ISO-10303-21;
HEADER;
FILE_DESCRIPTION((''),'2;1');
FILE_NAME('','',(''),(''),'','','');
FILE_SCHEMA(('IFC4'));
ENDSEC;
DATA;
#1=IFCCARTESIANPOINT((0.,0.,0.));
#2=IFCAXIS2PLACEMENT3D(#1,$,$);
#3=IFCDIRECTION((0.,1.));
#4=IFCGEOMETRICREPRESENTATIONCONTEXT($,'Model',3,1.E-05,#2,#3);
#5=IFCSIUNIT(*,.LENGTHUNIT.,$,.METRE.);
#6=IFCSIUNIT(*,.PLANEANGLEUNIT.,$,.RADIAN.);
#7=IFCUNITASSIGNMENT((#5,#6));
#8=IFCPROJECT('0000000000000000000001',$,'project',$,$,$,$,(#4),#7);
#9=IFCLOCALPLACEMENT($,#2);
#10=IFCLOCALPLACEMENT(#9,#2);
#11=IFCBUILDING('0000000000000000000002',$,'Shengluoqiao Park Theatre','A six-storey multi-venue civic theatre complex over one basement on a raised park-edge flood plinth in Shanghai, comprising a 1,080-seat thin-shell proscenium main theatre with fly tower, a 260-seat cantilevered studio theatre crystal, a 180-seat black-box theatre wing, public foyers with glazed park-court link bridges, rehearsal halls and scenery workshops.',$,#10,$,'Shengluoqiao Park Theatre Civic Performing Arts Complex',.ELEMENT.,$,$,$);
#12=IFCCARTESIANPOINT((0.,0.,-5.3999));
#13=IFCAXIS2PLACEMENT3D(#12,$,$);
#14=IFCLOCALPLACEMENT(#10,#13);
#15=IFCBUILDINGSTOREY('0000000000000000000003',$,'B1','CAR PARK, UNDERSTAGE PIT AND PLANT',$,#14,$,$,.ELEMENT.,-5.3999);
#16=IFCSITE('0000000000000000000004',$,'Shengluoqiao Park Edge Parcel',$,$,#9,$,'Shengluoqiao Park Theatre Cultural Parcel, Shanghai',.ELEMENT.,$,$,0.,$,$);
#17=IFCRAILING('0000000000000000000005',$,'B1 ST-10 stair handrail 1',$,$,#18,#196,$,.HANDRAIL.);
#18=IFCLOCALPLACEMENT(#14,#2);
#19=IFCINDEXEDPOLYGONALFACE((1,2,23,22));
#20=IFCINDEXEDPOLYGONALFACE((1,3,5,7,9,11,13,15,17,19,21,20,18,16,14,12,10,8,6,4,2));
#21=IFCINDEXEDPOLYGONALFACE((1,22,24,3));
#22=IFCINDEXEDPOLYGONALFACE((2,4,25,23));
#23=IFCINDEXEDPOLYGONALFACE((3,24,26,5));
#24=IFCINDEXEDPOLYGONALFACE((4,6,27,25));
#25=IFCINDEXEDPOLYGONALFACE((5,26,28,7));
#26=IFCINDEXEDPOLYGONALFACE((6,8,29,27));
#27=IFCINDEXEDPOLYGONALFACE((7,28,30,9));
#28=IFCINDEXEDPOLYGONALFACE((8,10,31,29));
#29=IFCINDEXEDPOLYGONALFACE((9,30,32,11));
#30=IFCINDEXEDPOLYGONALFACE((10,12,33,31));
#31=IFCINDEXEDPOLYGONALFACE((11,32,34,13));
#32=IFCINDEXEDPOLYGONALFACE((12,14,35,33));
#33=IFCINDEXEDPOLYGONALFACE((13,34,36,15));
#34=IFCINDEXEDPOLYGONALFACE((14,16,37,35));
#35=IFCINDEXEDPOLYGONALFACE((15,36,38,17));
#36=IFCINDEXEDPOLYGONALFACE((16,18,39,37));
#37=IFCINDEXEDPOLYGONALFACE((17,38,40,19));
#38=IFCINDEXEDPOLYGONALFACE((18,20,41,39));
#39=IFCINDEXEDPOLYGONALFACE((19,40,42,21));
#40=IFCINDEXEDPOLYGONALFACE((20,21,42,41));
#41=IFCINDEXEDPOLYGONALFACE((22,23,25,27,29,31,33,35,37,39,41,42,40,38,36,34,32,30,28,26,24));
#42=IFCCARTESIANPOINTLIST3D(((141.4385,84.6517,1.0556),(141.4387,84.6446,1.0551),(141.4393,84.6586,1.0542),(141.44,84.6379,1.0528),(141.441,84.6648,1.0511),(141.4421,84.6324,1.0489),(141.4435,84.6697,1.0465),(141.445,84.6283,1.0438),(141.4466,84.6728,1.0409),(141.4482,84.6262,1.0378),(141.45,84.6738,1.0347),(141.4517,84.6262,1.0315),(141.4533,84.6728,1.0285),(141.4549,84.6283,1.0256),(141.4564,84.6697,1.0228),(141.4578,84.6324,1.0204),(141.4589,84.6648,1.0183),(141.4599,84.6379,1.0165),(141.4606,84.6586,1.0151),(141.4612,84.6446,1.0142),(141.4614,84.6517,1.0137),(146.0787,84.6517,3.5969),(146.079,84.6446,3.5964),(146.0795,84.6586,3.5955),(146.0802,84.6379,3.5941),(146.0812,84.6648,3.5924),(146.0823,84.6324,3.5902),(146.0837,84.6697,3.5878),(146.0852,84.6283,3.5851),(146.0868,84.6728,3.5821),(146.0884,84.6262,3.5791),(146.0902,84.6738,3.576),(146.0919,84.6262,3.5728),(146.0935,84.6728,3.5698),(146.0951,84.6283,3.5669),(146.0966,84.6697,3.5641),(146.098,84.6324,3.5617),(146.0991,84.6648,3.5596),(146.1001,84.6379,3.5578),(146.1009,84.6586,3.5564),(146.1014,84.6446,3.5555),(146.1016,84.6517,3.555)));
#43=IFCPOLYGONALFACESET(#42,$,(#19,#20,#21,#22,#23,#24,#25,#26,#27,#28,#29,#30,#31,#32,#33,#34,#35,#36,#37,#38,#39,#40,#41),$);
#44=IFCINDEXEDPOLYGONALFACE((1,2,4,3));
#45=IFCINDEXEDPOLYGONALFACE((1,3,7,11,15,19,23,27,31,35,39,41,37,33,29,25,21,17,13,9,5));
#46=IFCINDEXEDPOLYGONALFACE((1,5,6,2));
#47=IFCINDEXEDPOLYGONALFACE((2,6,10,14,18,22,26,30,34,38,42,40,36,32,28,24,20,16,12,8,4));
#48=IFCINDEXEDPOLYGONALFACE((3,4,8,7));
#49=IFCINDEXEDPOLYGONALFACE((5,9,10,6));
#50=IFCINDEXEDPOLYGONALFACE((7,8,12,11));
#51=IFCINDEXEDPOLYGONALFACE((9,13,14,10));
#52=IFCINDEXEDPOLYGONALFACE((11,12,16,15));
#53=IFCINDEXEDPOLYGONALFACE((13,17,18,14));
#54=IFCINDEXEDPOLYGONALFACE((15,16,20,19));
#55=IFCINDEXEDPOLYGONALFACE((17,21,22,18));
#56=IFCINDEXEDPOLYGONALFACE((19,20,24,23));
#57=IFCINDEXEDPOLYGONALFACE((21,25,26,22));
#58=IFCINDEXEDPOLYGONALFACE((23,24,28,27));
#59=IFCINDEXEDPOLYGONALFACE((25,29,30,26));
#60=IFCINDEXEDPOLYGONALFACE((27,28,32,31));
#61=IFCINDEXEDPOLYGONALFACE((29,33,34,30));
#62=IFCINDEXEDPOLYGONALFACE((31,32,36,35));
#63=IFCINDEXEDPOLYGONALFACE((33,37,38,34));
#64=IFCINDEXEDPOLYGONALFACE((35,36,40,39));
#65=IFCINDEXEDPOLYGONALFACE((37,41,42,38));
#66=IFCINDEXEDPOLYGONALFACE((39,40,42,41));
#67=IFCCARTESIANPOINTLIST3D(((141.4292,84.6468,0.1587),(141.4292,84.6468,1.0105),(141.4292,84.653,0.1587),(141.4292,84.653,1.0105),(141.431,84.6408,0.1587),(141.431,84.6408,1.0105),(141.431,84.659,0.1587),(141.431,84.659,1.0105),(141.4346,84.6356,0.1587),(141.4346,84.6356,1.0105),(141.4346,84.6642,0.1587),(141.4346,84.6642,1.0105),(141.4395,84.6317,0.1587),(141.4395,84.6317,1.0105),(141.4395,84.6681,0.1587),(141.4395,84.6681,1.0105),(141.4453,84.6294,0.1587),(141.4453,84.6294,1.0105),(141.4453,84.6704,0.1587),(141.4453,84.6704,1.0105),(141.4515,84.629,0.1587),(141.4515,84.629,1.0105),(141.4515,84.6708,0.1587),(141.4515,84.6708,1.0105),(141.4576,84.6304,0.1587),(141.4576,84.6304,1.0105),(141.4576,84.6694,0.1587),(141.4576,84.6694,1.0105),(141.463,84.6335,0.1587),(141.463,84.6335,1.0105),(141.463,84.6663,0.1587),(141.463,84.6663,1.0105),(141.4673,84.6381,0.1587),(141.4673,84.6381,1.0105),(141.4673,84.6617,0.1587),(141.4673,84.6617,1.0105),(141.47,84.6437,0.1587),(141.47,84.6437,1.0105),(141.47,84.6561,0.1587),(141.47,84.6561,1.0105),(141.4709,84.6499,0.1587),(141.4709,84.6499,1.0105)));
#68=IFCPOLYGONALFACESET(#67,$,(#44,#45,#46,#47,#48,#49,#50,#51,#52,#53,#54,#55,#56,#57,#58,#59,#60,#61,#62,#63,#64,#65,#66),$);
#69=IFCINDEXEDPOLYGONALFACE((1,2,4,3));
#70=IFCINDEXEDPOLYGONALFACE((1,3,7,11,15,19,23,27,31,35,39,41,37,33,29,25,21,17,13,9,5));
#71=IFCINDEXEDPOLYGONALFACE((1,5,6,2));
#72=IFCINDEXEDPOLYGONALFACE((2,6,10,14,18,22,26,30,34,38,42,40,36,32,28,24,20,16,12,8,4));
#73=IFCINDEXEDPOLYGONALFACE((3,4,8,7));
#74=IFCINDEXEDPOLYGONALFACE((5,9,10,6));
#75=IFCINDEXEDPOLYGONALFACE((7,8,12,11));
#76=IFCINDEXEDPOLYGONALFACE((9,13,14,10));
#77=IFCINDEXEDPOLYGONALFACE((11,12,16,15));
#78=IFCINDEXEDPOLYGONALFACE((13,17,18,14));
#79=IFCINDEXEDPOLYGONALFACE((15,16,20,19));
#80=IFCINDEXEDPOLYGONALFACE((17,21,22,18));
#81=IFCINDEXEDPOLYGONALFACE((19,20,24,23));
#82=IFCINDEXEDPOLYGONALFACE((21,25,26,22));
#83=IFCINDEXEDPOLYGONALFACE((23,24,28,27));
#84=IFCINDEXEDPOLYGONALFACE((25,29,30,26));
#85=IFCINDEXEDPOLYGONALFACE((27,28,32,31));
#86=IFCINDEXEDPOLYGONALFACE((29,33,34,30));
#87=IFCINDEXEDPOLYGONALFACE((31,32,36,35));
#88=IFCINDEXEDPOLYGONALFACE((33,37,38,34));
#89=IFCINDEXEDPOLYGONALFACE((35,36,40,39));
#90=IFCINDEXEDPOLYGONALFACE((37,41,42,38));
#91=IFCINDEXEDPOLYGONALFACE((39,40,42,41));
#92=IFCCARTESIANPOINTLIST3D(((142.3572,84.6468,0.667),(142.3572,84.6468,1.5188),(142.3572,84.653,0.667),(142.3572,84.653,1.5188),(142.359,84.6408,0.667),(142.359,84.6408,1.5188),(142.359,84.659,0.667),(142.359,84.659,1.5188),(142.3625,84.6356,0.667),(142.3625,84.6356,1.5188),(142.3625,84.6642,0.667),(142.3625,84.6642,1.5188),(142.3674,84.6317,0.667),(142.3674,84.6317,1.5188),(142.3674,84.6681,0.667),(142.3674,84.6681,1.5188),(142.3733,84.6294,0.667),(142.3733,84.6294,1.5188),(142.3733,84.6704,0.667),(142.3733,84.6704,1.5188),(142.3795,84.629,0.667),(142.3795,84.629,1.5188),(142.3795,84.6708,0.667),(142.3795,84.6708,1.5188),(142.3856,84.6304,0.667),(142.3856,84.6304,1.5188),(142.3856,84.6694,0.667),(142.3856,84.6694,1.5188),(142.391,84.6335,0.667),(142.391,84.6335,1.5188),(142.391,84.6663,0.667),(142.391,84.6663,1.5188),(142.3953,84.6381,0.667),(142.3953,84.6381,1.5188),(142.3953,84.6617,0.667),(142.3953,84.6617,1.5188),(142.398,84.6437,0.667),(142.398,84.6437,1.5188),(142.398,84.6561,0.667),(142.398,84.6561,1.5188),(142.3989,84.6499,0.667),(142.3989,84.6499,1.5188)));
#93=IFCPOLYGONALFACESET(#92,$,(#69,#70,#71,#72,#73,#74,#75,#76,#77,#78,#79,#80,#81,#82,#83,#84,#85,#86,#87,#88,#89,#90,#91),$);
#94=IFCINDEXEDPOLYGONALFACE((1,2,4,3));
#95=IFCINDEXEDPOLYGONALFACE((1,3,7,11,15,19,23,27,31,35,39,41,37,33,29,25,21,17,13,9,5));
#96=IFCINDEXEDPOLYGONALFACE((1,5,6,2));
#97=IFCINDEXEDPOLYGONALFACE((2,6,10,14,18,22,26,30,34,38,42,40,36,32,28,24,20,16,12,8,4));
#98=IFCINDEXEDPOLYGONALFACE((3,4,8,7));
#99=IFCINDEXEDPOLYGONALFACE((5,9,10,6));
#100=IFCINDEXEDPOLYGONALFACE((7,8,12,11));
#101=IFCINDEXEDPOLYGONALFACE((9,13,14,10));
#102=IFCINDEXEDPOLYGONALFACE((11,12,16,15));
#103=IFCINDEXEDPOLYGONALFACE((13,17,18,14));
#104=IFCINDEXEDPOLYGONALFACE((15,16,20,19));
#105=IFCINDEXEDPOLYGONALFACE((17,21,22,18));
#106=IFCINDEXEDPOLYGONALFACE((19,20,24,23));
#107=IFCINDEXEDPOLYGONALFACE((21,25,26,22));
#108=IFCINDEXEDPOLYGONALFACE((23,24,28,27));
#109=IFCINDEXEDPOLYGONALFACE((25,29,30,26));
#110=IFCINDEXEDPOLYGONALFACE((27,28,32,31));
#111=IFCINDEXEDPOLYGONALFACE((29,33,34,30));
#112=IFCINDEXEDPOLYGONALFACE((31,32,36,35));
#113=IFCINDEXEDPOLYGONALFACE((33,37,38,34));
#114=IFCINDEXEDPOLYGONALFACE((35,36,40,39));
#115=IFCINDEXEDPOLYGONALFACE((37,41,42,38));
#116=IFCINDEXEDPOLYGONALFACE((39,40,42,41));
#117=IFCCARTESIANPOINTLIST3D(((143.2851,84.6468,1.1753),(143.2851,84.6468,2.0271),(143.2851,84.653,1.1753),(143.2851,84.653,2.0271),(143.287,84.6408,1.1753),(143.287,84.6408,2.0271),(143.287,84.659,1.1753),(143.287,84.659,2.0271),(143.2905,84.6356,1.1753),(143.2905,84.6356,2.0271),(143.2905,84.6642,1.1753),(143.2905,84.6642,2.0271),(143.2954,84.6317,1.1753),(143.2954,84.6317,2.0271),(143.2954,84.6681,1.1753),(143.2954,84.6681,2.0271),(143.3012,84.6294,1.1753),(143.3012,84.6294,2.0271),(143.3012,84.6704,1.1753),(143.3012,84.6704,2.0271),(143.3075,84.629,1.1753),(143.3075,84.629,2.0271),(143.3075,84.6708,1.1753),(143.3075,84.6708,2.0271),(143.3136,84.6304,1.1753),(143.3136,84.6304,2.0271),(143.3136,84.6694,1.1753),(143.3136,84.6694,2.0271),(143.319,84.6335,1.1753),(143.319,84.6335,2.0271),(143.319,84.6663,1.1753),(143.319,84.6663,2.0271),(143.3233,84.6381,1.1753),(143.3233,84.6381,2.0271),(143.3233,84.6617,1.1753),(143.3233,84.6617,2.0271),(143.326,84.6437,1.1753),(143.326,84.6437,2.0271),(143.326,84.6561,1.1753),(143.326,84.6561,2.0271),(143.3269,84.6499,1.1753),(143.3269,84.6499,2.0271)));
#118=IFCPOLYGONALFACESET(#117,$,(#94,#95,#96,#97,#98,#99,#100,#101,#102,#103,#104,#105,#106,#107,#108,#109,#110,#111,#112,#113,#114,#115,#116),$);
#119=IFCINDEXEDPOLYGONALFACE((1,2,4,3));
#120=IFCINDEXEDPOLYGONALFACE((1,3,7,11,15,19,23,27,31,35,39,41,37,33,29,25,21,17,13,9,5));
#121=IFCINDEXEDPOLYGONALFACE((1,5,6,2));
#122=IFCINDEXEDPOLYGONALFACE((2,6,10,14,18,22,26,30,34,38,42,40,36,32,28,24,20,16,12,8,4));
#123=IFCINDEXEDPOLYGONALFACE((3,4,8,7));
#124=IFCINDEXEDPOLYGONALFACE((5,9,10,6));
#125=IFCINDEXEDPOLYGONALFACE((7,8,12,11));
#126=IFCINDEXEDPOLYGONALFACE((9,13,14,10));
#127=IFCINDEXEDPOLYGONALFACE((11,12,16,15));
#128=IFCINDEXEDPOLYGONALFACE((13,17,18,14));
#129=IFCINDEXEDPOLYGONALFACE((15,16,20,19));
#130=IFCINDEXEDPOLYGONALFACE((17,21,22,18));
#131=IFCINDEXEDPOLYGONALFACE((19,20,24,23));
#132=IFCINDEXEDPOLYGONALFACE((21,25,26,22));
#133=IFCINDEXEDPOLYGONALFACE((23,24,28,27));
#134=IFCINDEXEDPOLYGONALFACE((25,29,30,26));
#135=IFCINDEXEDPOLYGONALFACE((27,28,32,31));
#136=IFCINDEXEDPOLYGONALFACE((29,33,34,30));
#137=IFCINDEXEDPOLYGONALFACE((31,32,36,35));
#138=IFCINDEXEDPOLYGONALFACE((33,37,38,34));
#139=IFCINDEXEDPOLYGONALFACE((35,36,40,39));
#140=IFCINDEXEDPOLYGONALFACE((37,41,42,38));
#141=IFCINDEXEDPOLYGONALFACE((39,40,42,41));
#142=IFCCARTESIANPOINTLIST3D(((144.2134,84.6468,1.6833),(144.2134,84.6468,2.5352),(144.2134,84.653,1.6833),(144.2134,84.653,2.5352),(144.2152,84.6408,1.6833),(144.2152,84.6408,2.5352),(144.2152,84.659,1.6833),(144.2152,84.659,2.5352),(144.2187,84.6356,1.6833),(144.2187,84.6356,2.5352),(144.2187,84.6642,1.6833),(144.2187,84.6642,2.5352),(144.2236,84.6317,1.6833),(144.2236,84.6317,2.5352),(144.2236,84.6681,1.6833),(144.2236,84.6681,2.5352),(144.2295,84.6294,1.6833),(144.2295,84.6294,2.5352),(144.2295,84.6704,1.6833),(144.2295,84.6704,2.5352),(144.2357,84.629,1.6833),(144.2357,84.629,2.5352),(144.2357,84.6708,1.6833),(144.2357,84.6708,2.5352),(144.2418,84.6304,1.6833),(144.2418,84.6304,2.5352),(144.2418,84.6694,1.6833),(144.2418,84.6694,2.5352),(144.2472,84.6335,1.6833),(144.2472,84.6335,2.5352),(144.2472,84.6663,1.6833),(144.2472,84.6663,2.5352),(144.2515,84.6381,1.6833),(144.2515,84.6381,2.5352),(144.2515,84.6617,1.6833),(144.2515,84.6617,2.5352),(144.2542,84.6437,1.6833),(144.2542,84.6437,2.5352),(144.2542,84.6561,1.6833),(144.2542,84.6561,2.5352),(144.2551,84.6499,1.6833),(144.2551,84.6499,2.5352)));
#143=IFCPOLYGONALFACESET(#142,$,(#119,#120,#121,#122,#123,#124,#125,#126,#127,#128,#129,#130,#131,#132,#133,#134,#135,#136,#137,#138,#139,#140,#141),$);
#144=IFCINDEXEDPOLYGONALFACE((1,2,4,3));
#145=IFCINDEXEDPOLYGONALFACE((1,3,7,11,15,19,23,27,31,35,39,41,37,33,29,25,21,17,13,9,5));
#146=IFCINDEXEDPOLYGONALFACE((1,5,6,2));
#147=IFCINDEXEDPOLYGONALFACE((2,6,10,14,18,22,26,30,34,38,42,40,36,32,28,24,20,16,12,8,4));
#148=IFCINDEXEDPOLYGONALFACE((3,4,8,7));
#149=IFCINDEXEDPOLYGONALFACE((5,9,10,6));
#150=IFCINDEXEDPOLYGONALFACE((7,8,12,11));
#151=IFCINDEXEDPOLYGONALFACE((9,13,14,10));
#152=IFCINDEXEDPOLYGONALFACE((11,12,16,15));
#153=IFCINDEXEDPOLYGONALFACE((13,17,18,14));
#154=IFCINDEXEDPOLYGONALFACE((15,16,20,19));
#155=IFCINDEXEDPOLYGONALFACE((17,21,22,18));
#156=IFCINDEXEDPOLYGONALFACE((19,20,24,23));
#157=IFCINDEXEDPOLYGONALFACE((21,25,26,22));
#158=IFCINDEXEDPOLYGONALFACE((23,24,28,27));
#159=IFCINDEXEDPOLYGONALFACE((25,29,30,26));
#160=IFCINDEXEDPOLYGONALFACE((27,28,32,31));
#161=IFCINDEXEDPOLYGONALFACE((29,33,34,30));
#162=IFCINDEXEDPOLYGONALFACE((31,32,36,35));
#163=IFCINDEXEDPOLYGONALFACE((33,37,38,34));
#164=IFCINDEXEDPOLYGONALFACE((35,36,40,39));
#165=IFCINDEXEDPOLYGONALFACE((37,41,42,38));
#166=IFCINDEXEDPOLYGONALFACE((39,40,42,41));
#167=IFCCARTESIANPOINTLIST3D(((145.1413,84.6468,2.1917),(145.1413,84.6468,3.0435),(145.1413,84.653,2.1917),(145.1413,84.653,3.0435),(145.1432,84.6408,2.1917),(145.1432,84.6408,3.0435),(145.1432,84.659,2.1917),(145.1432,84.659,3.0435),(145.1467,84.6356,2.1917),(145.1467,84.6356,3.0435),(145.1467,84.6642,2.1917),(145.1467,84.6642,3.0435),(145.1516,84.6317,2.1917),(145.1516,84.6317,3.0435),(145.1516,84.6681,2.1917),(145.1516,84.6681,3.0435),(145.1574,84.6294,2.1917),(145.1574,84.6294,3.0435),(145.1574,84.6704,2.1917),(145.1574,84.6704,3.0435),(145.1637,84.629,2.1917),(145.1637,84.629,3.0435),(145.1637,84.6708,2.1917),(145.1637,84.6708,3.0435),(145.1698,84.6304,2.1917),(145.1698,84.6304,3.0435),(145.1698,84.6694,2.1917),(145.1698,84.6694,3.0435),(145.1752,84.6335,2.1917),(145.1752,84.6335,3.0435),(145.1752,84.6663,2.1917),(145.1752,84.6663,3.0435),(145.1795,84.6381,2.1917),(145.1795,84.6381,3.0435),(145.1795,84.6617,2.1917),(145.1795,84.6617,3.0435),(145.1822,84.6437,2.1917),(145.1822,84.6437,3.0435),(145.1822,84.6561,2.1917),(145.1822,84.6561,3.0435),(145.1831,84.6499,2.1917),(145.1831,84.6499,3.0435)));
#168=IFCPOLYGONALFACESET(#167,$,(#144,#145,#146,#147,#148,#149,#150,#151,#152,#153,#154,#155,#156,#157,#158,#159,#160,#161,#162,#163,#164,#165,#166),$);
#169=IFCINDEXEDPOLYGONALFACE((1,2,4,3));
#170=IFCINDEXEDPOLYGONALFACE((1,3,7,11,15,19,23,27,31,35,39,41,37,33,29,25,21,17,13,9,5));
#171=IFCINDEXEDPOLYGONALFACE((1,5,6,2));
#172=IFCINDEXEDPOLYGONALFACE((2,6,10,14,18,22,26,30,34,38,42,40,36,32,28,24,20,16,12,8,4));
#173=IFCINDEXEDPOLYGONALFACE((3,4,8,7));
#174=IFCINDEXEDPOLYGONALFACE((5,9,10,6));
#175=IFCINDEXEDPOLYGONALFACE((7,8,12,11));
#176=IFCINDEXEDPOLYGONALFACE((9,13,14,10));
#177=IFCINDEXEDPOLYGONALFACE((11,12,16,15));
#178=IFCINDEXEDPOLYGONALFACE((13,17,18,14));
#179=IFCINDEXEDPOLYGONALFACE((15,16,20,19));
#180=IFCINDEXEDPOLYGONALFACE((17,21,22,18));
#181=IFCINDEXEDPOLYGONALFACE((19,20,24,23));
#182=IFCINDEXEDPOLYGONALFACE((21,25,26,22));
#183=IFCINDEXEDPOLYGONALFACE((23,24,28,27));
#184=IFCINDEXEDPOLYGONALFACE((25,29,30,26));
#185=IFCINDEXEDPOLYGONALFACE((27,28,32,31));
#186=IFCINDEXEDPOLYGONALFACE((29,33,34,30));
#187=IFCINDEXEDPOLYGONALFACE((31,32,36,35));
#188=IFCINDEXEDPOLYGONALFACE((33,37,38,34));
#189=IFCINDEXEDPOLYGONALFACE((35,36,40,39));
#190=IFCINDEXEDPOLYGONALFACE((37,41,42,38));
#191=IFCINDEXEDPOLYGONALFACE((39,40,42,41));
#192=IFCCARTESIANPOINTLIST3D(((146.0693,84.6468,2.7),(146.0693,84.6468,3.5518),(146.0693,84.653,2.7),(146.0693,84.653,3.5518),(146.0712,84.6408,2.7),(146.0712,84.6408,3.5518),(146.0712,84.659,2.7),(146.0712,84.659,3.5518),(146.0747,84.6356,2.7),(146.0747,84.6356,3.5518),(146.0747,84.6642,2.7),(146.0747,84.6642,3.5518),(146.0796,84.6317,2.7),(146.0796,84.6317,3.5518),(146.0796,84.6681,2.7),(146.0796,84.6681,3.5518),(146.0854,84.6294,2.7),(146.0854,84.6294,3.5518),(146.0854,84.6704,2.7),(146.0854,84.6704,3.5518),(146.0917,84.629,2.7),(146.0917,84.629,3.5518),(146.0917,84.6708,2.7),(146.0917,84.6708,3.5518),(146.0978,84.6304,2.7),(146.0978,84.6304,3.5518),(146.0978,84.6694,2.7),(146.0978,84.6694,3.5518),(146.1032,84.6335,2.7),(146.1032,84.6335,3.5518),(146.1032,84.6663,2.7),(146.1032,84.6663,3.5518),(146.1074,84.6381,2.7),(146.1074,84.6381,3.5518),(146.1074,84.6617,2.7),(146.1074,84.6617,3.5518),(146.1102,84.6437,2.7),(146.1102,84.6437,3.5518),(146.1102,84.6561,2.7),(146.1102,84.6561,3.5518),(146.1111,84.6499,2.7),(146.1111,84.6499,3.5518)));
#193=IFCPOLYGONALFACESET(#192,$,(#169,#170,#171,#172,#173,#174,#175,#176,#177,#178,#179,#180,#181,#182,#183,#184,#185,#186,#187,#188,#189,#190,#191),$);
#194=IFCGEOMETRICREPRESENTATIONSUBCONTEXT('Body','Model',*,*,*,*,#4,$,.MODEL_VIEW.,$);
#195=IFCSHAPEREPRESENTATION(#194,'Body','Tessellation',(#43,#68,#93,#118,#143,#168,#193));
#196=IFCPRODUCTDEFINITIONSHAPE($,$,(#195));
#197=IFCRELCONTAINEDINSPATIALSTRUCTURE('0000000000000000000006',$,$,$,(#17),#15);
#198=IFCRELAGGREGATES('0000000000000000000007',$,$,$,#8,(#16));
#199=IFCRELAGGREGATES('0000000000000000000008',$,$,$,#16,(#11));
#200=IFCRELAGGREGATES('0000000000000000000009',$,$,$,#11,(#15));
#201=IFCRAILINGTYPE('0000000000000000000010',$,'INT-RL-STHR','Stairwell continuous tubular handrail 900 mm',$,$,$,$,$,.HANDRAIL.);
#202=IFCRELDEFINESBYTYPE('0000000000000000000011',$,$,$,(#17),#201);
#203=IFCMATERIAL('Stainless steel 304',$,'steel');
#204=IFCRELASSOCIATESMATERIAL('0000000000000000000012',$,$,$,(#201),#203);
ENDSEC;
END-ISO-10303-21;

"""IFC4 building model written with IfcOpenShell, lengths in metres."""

from ifc_helpers import new_model, si_unit, direction, frame, origin, origin_2d, place, context, subcontext, project, spatial, circle, extrude, material, type_object, element, save


model = new_model("IFC4")

# Units and contexts
model_context = context("Model", 3, precision=1e-05, world=origin(), true_north=direction((0.0, 1.0)))
body_context = subcontext(model_context, "Body", "Model", "MODEL_VIEW")
ifc_project = project(units=[si_unit("LENGTHUNIT", "METRE"), si_unit("PLANEANGLEUNIT", "RADIAN")], contexts=[model_context])

# Site, building, storey
site_placement = place(None, origin())
site = spatial("IfcSite", under=ifc_project, at=site_placement, Name="Shengluoqiao Park Edge Parcel", LongName="Shengluoqiao Park Theatre Cultural Parcel, Shanghai", CompositionType="ELEMENT", RefElevation=0.0)
building_placement = place(site_placement, origin())
building = spatial("IfcBuilding", under=site, at=building_placement, Name="Shengluoqiao Park Theatre", Description="A six-storey multi-venue civic theatre complex over one basement on a raised park-edge flood plinth in Shanghai, comprising a 1,080-seat thin-shell proscenium main theatre with fly tower, a 260-seat cantilevered studio theatre crystal, a 180-seat black-box theatre wing, public foyers with glazed park-court link bridges, rehearsal halls and scenery workshops.", LongName="Shengluoqiao Park Theatre Civic Performing Arts Complex", CompositionType="ELEMENT")
storey_placement = place(building_placement, frame((0.0, 0.0, -5.3999)))
storey = spatial("IfcBuildingStorey", under=building, at=storey_placement, Name="B1", Description="CAR PARK, UNDERSTAGE PIT AND PLANT", CompositionType="ELEMENT", Elevation=-5.3999)

# Railing
ifc_material_1 = material(Name="Stainless steel 304", Category="steel")
railing_type_1 = type_object("IfcRailingType", Name="INT-RL-STHR", Description="Stairwell continuous tubular handrail 900 mm", PredefinedType="HANDRAIL", material=ifc_material_1)
railing_1_placement = place(storey_placement, frame((141.45, 84.6499, 0.1587)))
element("IfcRailing", 1, at=railing_1_placement, inside=storey, type_object=railing_type_1, Name="B1 ST-10 stair handrail 1", PredefinedType="HANDRAIL", context=body_context, shape_type="SweptSolid", body=[
    extrude(circle(Radius=0.0239, at=origin_2d()), frame((0.0, 0.0, 0.876), z_axis=(0.877078, 0.0, 0.480348), x_axis=(0.0, 1.0, 0.0)), (0.0, 0.0, 1.0), 5.2905),
    extrude(circle(Radius=0.021, at=origin_2d()), origin(), (0.0, 0.0, 1.0), 0.8518),
    extrude(circle(Radius=0.021, at=origin_2d()), frame((0.928, 0.0, 0.5083)), (0.0, 0.0, 1.0), 0.8518),
    extrude(circle(Radius=0.021, at=origin_2d()), frame((1.856, 0.0, 1.0166)), (0.0, 0.0, 1.0), 0.8518),
    extrude(circle(Radius=0.021, at=origin_2d()), frame((2.7842, 0.0, 1.5247)), (0.0, 0.0, 1.0), 0.8518),
    extrude(circle(Radius=0.021, at=origin_2d()), frame((3.7122, 0.0, 2.033)), (0.0, 0.0, 1.0), 0.8518),
    extrude(circle(Radius=0.021, at=origin_2d()), frame((4.6401, 0.0, 2.5413)), (0.0, 0.0, 1.0), 0.8518),
])

save(model, "model.ifc")
